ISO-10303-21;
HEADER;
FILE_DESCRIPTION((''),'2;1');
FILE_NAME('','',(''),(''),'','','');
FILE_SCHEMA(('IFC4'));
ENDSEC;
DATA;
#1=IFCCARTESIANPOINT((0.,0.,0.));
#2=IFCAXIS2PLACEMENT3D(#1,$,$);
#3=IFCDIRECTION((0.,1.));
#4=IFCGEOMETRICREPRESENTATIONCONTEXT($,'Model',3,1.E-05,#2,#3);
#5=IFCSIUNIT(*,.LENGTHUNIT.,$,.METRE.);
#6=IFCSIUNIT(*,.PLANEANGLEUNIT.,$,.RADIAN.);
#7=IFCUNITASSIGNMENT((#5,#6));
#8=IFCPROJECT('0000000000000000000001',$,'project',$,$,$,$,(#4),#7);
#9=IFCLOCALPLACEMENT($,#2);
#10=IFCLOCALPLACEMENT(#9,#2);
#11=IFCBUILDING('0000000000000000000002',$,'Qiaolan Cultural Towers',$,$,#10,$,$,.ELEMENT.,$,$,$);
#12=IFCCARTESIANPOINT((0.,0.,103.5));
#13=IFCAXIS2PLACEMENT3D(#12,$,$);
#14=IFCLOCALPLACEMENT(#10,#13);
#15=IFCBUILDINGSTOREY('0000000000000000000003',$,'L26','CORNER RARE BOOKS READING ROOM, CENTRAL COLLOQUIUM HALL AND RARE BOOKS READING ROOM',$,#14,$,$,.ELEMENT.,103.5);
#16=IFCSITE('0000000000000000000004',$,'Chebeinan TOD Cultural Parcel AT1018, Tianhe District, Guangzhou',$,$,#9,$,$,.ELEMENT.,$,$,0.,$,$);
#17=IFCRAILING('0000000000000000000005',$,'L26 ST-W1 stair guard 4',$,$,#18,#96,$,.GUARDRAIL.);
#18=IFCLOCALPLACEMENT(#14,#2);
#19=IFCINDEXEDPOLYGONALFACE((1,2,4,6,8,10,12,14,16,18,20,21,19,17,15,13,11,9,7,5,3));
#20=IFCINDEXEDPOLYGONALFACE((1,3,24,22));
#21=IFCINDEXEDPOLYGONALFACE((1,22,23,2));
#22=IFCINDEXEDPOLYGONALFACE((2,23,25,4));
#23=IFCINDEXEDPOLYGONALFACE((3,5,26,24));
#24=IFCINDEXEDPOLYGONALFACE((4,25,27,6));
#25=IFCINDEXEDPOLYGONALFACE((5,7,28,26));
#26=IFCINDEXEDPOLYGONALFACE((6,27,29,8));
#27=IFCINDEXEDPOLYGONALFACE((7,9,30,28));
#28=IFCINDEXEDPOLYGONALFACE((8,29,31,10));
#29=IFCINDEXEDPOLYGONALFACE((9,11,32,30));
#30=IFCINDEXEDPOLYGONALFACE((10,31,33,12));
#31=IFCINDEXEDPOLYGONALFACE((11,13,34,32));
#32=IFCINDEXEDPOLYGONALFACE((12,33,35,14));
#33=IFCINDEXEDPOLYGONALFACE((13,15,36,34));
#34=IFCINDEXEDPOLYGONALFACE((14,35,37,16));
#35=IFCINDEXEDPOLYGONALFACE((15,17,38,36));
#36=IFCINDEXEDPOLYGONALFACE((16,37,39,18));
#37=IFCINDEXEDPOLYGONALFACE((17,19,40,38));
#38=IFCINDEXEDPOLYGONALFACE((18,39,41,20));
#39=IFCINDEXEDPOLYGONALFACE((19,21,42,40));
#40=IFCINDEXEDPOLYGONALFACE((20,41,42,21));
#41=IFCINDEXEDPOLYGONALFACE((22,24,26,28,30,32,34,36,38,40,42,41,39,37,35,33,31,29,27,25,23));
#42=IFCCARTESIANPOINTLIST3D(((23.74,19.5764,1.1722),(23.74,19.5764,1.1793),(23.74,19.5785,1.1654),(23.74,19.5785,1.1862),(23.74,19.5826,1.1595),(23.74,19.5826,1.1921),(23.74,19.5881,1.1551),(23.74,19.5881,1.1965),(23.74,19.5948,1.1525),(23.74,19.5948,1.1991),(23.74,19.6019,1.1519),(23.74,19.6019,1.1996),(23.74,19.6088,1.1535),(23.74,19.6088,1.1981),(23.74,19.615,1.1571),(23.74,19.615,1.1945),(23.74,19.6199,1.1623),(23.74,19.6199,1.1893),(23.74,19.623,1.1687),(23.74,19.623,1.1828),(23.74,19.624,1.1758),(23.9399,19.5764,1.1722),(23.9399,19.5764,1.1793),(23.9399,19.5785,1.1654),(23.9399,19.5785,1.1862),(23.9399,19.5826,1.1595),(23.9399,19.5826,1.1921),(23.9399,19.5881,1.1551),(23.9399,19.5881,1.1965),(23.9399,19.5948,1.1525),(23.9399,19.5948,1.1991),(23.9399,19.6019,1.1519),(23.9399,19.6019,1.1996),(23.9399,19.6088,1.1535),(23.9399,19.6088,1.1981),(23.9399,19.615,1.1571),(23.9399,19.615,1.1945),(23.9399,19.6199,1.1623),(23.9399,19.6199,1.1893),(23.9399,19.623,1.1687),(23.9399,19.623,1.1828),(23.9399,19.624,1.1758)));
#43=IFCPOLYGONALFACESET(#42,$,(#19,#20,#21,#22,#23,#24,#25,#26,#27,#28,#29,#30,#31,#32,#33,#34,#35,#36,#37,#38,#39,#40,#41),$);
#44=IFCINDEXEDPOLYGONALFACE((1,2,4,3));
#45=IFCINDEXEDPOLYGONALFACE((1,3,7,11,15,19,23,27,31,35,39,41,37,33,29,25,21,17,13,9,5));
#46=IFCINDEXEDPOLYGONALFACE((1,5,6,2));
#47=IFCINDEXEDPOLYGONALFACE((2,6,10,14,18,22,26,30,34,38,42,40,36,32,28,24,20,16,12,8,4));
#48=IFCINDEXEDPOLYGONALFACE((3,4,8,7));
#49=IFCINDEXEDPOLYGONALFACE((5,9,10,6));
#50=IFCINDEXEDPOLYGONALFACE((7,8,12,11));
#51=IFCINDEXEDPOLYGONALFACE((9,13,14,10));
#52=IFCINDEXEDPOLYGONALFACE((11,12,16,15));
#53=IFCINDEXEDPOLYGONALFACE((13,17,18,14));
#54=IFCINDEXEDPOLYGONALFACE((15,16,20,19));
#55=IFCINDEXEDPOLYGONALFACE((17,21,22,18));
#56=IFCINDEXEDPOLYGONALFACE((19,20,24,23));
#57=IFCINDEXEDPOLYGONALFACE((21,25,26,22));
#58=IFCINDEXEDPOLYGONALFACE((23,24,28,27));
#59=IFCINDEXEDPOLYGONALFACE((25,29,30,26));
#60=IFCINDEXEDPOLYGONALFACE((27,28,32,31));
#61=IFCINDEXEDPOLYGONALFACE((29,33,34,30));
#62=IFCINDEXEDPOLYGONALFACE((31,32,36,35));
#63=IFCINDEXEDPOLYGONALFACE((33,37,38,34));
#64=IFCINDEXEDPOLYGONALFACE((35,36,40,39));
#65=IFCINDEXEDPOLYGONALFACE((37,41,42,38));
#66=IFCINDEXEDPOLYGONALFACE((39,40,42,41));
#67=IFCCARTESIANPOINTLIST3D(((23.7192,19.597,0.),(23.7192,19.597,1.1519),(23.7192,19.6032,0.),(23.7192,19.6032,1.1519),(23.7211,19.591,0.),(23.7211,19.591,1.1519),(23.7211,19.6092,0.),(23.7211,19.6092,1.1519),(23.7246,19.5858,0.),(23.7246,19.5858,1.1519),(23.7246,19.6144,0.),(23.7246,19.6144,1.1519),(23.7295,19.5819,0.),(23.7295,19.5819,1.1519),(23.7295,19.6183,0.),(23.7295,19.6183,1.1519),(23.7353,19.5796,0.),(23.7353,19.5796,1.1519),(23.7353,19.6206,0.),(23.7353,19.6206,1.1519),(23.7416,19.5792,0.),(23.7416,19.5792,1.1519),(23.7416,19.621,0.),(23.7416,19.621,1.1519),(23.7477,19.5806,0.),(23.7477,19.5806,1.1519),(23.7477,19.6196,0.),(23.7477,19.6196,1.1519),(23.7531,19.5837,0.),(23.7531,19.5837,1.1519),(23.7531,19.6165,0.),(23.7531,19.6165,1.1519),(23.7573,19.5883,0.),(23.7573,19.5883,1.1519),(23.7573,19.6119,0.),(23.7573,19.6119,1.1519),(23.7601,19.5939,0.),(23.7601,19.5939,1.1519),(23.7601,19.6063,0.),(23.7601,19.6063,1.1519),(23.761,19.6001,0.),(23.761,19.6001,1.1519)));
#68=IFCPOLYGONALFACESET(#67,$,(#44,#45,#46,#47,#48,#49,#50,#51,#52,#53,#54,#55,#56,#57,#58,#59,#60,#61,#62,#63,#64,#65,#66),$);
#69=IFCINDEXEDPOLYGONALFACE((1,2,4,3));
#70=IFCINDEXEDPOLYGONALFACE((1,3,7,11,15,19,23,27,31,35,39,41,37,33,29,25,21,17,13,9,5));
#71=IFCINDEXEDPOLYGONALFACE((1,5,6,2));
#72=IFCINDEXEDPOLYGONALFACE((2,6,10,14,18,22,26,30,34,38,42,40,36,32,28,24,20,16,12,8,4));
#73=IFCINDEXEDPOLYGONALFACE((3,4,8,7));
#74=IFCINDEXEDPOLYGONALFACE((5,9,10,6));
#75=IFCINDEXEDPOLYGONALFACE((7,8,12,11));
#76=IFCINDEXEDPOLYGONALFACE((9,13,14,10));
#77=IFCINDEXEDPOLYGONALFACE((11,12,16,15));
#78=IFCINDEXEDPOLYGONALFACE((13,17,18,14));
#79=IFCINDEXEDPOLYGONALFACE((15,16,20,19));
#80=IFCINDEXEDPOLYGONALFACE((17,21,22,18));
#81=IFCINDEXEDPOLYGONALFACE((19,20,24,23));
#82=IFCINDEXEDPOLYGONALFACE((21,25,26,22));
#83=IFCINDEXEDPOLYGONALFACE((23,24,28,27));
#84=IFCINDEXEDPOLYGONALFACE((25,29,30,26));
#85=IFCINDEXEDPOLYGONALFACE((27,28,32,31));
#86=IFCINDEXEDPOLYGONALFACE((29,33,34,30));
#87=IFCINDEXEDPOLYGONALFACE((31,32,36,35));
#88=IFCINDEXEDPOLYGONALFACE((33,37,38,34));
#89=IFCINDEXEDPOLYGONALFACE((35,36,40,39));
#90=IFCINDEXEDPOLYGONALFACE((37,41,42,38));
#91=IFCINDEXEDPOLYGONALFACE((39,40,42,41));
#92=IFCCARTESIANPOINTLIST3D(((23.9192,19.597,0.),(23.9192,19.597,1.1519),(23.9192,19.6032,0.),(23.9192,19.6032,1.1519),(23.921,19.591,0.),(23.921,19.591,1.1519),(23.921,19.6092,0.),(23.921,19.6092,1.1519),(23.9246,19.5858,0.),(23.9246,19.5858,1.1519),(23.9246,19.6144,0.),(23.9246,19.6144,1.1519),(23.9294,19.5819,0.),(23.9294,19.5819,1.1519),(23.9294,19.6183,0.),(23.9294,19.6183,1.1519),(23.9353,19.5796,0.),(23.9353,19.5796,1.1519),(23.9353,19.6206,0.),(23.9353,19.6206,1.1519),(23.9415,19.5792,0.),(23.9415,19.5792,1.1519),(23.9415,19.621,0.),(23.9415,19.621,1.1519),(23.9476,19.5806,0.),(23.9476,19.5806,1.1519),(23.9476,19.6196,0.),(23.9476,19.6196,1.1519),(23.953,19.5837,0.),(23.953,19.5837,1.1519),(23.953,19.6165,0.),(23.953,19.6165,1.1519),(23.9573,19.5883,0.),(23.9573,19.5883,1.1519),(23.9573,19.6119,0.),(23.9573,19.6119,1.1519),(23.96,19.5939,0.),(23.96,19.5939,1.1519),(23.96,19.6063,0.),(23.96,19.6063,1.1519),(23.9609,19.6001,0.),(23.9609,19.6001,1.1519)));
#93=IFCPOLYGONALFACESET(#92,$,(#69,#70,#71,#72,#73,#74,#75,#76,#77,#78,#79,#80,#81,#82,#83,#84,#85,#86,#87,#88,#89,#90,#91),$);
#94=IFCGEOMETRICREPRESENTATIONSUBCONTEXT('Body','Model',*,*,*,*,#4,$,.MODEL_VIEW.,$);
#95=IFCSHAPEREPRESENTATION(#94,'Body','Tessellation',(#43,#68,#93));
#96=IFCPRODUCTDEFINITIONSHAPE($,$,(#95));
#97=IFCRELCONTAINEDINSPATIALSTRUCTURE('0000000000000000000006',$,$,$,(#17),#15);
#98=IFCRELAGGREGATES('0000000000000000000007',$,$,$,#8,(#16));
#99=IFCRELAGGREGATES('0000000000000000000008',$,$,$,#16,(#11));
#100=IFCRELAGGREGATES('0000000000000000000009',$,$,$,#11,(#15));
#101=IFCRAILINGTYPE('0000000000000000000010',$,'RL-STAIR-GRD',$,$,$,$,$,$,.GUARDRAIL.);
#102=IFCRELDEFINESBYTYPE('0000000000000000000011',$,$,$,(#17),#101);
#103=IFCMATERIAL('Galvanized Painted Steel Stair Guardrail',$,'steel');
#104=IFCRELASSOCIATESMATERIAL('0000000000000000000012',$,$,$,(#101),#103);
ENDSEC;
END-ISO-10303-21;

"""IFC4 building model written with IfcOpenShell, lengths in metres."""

from ifc_helpers import new_model, si_unit, direction, frame, origin, origin_2d, place, context, subcontext, project, spatial, circle, extrude, material, type_object, element, save


model = new_model("IFC4")

# Units and contexts
model_context = context("Model", 3, precision=1e-05, world=origin(), true_north=direction((0.0, 1.0)))
body_context = subcontext(model_context, "Body", "Model", "MODEL_VIEW")
ifc_project = project(units=[si_unit("LENGTHUNIT", "METRE"), si_unit("PLANEANGLEUNIT", "RADIAN")], contexts=[model_context])

# Site, building, storey
site_placement = place(None, origin())
site = spatial("IfcSite", under=ifc_project, at=site_placement, Name="Chebeinan TOD Cultural Parcel AT1018, Tianhe District, Guangzhou", CompositionType="ELEMENT", RefElevation=0.0)
building_placement = place(site_placement, origin())
building = spatial("IfcBuilding", under=site, at=building_placement, Name="Qiaolan Cultural Towers", CompositionType="ELEMENT")
storey_placement = place(building_placement, frame((0.0, 0.0, 103.5)))
storey = spatial("IfcBuildingStorey", under=building, at=storey_placement, Name="L26", Description="CORNER RARE BOOKS READING ROOM, CENTRAL COLLOQUIUM HALL AND RARE BOOKS READING ROOM", CompositionType="ELEMENT", Elevation=103.5)

# Railing
ifc_material_1 = material(Name="Galvanized Painted Steel Stair Guardrail", Category="steel")
railing_type_1 = type_object("IfcRailingType", Name="RL-STAIR-GRD", PredefinedType="GUARDRAIL", material=ifc_material_1)
railing_1_placement = place(storey_placement, frame((23.74, 19.6001, 0.0)))
element("IfcRailing", 1, at=railing_1_placement, inside=storey, type_object=railing_type_1, Name="L26 ST-W1 stair guard 4", PredefinedType="GUARDRAIL", context=body_context, shape_type="SweptSolid", body=[
    extrude(circle(Radius=0.0239, at=origin_2d()), frame((0.0, 0.0, 1.1758), z_axis=(1.0, 0.0, 0.0), x_axis=(0.0, 1.0, 0.0)), (0.0, 0.0, 1.0), 0.2),
    extrude(circle(Radius=0.021, at=origin_2d()), origin(), (0.0, 0.0, 1.0), 1.1519),
    extrude(circle(Radius=0.021, at=origin_2d()), frame((0.2, 0.0, 0.0)), (0.0, 0.0, 1.0), 1.1519),
])

save(model, "model.ifc")
